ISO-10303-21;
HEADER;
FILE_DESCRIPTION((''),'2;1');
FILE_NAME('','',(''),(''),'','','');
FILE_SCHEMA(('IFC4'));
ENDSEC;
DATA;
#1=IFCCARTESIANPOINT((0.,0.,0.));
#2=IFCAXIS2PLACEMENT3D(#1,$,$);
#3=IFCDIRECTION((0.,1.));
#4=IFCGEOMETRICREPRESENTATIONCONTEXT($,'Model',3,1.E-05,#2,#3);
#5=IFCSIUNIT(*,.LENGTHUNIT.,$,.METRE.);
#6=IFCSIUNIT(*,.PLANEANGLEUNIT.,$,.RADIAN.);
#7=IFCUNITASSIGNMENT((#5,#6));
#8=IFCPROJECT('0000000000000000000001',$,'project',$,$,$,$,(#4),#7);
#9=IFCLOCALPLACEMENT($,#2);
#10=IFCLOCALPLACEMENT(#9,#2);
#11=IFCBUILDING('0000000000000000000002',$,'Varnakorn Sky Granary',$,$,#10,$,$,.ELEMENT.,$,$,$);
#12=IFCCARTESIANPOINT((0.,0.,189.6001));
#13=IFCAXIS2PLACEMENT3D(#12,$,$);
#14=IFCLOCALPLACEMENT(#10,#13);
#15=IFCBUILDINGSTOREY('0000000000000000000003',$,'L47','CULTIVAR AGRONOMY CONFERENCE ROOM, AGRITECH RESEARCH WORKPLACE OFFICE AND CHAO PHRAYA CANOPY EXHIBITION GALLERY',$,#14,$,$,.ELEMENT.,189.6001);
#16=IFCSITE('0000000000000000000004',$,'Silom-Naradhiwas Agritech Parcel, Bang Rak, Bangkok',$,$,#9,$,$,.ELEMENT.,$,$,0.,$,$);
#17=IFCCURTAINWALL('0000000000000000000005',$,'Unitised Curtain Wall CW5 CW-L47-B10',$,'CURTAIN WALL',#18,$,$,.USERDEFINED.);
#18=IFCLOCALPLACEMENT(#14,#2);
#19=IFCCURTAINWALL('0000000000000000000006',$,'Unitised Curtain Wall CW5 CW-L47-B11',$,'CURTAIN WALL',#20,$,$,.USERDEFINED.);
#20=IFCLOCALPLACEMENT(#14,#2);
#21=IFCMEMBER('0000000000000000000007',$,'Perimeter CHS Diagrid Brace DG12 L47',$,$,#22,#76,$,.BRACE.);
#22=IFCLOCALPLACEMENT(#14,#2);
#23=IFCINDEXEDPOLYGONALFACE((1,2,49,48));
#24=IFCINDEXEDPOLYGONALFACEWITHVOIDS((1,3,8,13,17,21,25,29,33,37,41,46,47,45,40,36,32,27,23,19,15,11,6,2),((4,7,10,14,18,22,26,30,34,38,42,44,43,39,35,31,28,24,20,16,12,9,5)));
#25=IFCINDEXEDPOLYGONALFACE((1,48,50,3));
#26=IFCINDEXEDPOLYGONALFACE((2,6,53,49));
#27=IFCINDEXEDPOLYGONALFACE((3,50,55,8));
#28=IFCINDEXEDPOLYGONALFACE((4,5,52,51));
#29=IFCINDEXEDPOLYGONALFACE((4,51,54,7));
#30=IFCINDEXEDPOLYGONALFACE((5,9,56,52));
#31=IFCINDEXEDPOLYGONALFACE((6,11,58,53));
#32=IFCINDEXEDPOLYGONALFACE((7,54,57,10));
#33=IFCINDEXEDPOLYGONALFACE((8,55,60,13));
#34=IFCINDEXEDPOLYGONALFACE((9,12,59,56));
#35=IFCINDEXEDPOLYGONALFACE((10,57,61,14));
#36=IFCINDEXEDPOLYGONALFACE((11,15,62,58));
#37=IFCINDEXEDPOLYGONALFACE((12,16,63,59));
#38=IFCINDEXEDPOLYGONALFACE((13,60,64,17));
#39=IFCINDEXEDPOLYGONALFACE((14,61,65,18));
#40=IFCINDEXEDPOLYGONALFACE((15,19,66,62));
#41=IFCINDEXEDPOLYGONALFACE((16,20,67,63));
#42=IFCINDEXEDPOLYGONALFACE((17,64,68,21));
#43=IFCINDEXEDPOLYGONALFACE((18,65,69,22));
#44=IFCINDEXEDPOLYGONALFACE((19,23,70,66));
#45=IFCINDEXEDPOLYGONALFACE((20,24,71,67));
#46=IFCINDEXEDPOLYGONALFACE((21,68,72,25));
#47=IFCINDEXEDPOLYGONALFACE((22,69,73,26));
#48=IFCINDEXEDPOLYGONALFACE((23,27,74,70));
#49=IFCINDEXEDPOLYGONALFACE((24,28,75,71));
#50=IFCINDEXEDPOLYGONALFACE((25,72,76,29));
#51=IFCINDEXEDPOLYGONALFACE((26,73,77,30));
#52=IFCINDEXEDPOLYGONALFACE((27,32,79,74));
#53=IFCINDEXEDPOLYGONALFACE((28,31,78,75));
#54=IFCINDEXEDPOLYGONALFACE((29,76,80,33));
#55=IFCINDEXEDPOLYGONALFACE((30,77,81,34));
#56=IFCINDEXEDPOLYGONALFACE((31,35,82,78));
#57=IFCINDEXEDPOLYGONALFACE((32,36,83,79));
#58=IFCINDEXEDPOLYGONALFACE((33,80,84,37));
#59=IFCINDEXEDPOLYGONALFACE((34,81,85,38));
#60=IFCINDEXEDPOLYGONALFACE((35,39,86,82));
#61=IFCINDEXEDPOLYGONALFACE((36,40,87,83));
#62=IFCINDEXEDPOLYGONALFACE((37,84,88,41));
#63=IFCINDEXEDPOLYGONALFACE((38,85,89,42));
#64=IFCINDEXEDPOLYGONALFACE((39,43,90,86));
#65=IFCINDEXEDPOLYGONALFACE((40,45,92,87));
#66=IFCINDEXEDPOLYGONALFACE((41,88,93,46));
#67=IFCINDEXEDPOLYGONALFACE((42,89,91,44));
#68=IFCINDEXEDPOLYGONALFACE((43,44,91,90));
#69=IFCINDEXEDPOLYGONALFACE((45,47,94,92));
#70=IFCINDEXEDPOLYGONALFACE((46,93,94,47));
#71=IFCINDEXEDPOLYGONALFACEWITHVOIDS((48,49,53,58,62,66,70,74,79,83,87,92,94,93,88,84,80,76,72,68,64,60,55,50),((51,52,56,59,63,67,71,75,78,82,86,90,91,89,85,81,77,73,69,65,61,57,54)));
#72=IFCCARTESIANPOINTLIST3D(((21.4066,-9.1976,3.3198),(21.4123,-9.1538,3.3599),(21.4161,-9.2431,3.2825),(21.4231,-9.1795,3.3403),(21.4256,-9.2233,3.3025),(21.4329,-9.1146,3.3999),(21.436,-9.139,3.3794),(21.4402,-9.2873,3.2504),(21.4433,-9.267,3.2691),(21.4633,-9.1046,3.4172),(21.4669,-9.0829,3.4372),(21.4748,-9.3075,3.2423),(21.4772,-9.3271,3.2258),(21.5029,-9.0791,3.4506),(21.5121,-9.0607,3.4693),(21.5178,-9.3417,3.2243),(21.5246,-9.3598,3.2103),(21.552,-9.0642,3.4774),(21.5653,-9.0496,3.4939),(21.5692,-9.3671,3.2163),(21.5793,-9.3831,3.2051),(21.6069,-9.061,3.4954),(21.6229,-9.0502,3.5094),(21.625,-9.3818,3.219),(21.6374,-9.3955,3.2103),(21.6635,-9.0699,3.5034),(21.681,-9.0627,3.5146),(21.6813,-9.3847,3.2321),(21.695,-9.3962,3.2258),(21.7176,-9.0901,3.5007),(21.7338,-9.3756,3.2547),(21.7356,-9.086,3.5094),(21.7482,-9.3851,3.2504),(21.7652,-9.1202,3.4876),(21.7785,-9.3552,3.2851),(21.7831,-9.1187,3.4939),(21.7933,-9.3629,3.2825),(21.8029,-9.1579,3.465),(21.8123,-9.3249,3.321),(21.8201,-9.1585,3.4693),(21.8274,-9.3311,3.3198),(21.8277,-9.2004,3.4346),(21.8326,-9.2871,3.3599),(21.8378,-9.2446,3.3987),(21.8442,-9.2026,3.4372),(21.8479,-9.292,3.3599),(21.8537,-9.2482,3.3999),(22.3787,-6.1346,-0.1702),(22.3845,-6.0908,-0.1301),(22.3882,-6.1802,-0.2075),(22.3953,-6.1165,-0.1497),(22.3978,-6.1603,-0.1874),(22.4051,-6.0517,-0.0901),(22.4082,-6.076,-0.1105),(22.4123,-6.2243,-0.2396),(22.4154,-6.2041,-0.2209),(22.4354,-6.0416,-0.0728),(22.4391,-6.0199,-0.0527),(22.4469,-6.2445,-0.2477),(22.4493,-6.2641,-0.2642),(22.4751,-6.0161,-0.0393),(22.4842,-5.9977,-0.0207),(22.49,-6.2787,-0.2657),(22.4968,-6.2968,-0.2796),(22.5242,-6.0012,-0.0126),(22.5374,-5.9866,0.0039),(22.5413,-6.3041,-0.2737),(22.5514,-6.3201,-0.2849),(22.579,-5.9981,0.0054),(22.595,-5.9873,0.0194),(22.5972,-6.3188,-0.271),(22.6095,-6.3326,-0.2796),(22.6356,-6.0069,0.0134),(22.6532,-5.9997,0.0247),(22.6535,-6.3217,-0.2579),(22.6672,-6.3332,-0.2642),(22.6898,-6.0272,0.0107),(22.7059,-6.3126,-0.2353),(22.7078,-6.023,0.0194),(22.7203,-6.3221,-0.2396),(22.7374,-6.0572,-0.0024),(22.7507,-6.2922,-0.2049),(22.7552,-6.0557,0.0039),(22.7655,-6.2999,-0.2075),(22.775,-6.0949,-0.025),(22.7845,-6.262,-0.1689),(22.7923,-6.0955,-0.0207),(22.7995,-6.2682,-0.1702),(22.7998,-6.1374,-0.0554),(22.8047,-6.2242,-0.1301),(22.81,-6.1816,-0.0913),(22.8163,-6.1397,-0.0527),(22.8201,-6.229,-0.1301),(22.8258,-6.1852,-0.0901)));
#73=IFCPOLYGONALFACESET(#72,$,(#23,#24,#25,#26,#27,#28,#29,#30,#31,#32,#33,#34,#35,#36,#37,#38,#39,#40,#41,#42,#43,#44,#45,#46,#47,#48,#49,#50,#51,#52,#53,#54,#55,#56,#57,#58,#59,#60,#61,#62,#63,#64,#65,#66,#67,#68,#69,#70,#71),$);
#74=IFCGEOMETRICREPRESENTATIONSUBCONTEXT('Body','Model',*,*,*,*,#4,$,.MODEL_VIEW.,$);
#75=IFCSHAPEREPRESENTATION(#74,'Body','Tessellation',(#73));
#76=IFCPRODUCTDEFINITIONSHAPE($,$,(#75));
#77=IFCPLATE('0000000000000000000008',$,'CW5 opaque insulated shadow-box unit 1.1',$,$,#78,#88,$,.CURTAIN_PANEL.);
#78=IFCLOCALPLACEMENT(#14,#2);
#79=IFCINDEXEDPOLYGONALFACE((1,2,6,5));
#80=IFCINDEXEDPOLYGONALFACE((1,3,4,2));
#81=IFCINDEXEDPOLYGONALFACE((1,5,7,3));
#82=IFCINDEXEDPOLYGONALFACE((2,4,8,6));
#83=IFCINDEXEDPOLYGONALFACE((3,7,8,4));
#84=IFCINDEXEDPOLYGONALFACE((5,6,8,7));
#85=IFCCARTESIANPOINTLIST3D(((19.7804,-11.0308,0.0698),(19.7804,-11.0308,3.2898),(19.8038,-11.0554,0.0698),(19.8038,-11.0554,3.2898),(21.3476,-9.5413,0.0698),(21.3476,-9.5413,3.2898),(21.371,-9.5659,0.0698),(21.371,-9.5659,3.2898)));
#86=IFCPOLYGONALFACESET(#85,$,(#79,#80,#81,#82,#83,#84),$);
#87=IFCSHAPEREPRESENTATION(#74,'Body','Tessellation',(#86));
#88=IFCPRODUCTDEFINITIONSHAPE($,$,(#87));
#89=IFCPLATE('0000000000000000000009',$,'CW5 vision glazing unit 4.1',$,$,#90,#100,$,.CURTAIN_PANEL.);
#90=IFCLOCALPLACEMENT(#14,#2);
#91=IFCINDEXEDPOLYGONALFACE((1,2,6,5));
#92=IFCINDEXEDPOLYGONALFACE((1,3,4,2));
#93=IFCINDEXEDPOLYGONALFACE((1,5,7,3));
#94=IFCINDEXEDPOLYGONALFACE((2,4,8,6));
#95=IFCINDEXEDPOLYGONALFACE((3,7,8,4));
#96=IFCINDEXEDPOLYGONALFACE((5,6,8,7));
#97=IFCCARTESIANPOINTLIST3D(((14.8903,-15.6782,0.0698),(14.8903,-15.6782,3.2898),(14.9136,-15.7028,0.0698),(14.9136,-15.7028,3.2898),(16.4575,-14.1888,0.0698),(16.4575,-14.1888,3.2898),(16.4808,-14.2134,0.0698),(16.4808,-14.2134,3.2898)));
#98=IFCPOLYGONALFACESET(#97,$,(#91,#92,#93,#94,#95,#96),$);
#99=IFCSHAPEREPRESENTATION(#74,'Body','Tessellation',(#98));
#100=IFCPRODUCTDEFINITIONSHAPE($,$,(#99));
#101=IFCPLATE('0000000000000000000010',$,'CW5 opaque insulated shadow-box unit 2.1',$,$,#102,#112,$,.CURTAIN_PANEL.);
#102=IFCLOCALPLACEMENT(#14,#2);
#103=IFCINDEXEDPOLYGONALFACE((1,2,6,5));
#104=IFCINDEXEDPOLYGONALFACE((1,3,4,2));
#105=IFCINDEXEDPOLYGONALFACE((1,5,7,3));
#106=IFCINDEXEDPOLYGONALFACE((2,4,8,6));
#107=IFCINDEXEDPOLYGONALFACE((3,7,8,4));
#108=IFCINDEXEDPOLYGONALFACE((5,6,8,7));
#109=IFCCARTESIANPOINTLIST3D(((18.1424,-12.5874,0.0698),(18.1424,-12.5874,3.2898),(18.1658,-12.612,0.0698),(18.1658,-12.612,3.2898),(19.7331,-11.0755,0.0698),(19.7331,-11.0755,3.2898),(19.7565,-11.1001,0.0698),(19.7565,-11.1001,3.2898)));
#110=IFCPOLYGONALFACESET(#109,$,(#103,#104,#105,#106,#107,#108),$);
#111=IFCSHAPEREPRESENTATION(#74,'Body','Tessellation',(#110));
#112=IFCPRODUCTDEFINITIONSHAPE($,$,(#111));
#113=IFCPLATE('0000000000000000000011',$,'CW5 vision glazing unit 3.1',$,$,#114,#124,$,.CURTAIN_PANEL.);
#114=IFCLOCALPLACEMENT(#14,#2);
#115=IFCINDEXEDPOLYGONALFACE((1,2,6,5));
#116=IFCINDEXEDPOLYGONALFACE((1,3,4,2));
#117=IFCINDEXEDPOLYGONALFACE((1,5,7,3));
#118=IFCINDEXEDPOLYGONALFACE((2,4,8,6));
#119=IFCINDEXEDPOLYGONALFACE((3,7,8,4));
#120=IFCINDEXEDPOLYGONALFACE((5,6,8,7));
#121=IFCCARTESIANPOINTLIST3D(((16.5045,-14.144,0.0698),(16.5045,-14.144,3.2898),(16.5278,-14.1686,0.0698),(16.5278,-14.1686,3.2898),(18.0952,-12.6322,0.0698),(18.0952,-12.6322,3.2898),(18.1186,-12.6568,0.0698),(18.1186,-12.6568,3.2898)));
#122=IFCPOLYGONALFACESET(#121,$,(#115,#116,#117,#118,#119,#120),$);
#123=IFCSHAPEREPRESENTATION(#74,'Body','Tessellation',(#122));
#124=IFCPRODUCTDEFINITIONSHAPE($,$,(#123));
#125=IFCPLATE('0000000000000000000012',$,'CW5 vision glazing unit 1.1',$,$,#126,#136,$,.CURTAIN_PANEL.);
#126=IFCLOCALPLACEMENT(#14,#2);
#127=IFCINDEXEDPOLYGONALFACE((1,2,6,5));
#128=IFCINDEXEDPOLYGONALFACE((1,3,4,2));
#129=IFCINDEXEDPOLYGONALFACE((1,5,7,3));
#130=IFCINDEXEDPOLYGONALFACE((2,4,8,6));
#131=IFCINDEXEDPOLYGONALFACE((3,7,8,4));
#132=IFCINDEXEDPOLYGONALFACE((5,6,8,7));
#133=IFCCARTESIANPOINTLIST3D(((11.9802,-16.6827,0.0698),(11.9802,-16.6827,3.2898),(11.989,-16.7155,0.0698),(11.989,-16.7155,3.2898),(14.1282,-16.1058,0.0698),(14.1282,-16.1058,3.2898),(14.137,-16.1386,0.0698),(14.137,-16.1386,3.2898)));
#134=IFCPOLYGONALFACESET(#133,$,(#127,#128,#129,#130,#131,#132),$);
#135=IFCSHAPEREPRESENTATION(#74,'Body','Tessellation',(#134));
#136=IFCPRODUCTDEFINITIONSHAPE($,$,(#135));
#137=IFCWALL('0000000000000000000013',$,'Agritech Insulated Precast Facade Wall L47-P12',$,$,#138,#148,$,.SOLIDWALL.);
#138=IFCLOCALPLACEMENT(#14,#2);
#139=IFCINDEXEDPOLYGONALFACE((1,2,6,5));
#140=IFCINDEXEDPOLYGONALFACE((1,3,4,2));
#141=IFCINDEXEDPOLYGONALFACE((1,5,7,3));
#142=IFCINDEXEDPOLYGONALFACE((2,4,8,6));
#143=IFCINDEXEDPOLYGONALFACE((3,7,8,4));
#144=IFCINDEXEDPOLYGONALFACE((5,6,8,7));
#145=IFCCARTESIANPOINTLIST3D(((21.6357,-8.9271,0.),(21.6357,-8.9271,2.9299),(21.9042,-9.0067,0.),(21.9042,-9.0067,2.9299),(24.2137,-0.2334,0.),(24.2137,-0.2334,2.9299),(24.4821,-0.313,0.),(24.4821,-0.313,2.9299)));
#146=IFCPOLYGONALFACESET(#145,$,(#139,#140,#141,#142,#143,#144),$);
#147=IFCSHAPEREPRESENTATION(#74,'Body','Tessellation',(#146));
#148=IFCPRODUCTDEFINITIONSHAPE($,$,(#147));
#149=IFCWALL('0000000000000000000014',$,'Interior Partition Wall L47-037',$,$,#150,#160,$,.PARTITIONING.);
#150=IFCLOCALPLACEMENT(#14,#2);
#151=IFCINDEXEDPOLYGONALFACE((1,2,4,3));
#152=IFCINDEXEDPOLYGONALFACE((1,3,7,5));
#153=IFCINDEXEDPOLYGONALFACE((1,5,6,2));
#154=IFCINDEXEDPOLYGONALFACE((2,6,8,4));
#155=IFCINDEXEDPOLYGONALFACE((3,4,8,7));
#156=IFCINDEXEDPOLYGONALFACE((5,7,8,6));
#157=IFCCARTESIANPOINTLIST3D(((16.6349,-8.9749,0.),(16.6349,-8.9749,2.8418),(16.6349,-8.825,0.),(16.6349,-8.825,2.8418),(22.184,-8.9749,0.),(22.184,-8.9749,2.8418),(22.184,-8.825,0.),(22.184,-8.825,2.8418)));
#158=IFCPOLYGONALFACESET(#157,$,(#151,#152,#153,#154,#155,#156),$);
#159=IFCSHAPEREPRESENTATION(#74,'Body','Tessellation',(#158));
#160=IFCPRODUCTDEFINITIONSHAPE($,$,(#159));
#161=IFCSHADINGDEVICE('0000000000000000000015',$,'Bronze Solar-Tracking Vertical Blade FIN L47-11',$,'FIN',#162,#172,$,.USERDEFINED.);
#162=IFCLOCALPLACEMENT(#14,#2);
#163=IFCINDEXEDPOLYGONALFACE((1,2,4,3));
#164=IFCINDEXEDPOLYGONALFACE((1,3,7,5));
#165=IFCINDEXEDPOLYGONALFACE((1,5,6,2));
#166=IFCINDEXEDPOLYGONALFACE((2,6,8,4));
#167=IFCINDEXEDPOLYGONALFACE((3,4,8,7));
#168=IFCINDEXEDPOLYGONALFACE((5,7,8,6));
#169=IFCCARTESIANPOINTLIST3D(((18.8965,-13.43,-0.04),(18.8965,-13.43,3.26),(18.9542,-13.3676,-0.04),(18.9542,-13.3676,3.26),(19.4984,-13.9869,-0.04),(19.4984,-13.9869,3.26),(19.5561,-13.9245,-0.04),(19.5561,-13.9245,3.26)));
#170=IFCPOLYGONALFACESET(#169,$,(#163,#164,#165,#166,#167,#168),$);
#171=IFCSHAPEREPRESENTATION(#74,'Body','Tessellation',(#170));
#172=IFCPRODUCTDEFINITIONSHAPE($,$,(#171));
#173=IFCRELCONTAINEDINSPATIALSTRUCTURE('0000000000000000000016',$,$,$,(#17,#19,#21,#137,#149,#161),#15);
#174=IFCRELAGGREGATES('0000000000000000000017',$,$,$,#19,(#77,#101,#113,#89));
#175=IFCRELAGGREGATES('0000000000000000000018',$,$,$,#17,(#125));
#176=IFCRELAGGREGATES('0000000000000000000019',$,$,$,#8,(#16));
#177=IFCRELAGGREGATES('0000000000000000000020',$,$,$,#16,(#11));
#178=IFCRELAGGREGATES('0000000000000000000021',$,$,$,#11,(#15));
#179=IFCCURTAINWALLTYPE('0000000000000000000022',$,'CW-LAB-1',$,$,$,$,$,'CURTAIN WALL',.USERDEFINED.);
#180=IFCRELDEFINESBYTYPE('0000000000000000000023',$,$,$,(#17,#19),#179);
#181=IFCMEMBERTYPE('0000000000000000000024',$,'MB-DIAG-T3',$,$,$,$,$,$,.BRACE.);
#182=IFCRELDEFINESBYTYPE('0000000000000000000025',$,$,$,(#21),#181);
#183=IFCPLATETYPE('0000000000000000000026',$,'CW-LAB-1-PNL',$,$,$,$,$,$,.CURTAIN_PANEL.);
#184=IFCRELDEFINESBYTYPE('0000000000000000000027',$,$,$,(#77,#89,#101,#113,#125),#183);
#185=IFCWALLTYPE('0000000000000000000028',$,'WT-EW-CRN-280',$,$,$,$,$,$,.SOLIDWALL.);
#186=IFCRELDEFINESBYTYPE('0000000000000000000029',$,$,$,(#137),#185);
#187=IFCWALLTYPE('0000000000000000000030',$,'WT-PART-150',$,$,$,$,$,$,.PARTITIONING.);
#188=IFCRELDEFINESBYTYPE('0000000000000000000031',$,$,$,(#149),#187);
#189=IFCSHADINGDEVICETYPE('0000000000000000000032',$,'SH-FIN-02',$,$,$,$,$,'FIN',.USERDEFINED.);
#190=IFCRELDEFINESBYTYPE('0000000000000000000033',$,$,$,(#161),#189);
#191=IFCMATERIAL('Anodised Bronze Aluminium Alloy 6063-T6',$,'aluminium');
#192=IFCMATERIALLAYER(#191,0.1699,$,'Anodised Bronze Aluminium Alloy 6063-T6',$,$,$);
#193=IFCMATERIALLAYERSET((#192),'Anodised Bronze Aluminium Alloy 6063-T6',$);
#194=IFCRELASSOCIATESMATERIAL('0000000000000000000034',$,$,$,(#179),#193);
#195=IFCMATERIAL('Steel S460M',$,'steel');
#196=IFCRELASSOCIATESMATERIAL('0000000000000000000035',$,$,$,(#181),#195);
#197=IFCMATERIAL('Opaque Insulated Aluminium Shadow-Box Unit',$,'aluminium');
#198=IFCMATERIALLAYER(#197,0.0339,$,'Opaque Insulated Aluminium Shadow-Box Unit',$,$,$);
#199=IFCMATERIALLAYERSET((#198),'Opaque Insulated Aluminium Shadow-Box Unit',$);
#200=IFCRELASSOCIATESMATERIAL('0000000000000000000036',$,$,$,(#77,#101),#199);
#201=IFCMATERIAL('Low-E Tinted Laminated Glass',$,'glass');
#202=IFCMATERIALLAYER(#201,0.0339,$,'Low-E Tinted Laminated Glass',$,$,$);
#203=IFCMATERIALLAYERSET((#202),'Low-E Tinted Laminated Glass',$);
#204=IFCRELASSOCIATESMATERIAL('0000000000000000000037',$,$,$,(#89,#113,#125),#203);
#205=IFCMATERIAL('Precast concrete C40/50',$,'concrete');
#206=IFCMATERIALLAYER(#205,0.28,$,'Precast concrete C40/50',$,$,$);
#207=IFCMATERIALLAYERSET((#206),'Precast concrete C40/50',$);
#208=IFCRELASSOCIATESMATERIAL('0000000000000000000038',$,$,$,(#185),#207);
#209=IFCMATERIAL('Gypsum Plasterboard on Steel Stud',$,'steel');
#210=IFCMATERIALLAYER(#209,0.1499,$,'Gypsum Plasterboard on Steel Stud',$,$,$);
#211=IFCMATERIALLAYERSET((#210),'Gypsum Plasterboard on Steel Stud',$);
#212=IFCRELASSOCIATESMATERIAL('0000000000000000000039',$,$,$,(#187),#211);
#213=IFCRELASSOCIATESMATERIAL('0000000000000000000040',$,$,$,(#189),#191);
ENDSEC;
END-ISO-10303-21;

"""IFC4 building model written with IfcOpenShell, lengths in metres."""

from ifc_helpers import new_model, si_unit, direction, frame, frame_2d, origin, origin_2d, place, context, subcontext, project, spatial, rectangle, hollow_circle, extrude, source, transform, mapped, material, layer, layer_set, material_profile, profile_set, type_object, type_shapes, element, aggregate, save


model = new_model("IFC4")

# Units and contexts
model_context = context("Model", 3, precision=1e-05, world=origin(), true_north=direction((0.0, 1.0)))
body_context = subcontext(model_context, "Body", "Model", "MODEL_VIEW")
ifc_project = project(units=[si_unit("LENGTHUNIT", "METRE"), si_unit("PLANEANGLEUNIT", "RADIAN")], contexts=[model_context])

# Site, building, storey
site_placement = place(None, origin())
site = spatial("IfcSite", under=ifc_project, at=site_placement, Name="Silom-Naradhiwas Agritech Parcel, Bang Rak, Bangkok", CompositionType="ELEMENT", RefElevation=0.0)
building_placement = place(site_placement, origin())
building = spatial("IfcBuilding", under=site, at=building_placement, Name="Varnakorn Sky Granary", CompositionType="ELEMENT")
storey_placement = place(building_placement, frame((0.0, 0.0, 189.6001)))
storey = spatial("IfcBuildingStorey", under=building, at=storey_placement, Name="L47", Description="CULTIVAR AGRONOMY CONFERENCE ROOM, AGRITECH RESEARCH WORKPLACE OFFICE AND CHAO PHRAYA CANOPY EXHIBITION GALLERY", CompositionType="ELEMENT", Elevation=189.6001)

# Shared definitions
ifc_material_1 = material(Name="Steel S460M", Category="steel")

# Shared definitions
ifc_material_2 = material(Name="Anodised Bronze Aluminium Alloy 6063-T6", Category="aluminium")
ifc_layer_1 = layer(ifc_material_2, 0.1699, Name="Anodised Bronze Aluminium Alloy 6063-T6")
ifc_layer_set_1 = layer_set([ifc_layer_1], Name="Anodised Bronze Aluminium Alloy 6063-T6")
curtain_wall_type = type_object("IfcCurtainWallType", Name="CW-LAB-1", ElementType="CURTAIN WALL", PredefinedType="USERDEFINED", material=ifc_layer_set_1)

# Curtain walls
curtain_wall_1_placement = place(storey_placement, origin())
curtain_wall_1 = element("IfcCurtainWall", 1, at=curtain_wall_1_placement, inside=storey, type_object=curtain_wall_type, Name="Unitised Curtain Wall CW5 CW-L47-B10", ObjectType="CURTAIN WALL", PredefinedType="USERDEFINED")
curtain_wall_2_placement = place(storey_placement, origin())
curtain_wall_2 = element("IfcCurtainWall", 2, at=curtain_wall_2_placement, inside=storey, type_object=curtain_wall_type, Name="Unitised Curtain Wall CW5 CW-L47-B11", ObjectType="CURTAIN WALL", PredefinedType="USERDEFINED")

# Member
ifc_material_profile_1 = material_profile(ifc_material_1, hollow_circle(Radius=0.2285, WallThickness=0.0161, at=origin_2d()), Name="CHS 457x16")
ifc_profile_set_1 = profile_set([ifc_material_profile_1], Name="Steel S460M")
member_type_1 = type_object("IfcMemberType", Name="MB-DIAG-T3", PredefinedType="BRACE", material=ifc_profile_set_1)
member_1_placement = place(storey_placement, frame((22.6023, -6.1599, -0.1301), z_axis=(-0.204919, -0.645634, 0.735639), x_axis=(0.953143, -0.30252, 0.0)))
element("IfcMember", 3, at=member_1_placement, inside=storey, type_object=member_type_1, Name="Perimeter CHS Diagrid Brace DG12 L47", PredefinedType="BRACE", context=body_context, shape_type="SweptSolid", body=[
    extrude(hollow_circle(Radius=0.2285, WallThickness=0.0161, at=origin_2d()), origin(), (0.0, 0.0, 1.0), 4.7441),
])

# Plates
ifc_material_3 = material(Name="Opaque Insulated Aluminium Shadow-Box Unit", Category="aluminium")
ifc_layer_2 = layer(ifc_material_3, 0.0339, Name="Opaque Insulated Aluminium Shadow-Box Unit")
ifc_layer_set_2 = layer_set([ifc_layer_2], Name="Opaque Insulated Aluminium Shadow-Box Unit")
plate_type = type_object("IfcPlateType", Name="CW-LAB-1-PNL", PredefinedType="CURTAIN_PANEL")
shared_shape_1 = source(origin(), body_context, "Body", "SweptSolid", [
    extrude(rectangle(XDim=2.1621, YDim=0.0339, at=origin_2d()), origin(), (0.0, 0.0, 1.0), 3.22),
])
plate_1_placement = place(storey_placement, frame((20.5757, -10.2983, 0.0698), z_axis=(0.0, 0.0, 1.0), x_axis=(-0.724851, -0.688905, 0.0)))
plate_1 = element("IfcPlate", 4, at=plate_1_placement, type_object=plate_type, material=ifc_layer_set_2, Name="CW5 opaque insulated shadow-box unit 1.1", PredefinedType="CURTAIN_PANEL", context=body_context, shape_type="MappedRepresentation", body=[
    mapped(shared_shape_1, transform((0.0, 0.0, 0.0), x_axis=(1.0, 0.0, 0.0), y_axis=(0.0, 1.0, 0.0), z_axis=(0.0, 0.0, 1.0), scale=1.0)),
])
ifc_material_4 = material(Name="Low-E Tinted Laminated Glass", Category="glass")
ifc_layer_3 = layer(ifc_material_4, 0.0339, Name="Low-E Tinted Laminated Glass")
ifc_layer_set_3 = layer_set([ifc_layer_3], Name="Low-E Tinted Laminated Glass")
plate_2_placement = place(storey_placement, frame((15.6855, -14.9458, 0.0698), z_axis=(0.0, 0.0, 1.0), x_axis=(-0.724851, -0.688905, 0.0)))
plate_2 = element("IfcPlate", 5, at=plate_2_placement, type_object=plate_type, material=ifc_layer_set_3, Name="CW5 vision glazing unit 4.1", PredefinedType="CURTAIN_PANEL", context=body_context, shape_type="MappedRepresentation", body=[
    mapped(shared_shape_1, transform((0.0, 0.0, 0.0), x_axis=(1.0, 0.0, 0.0), y_axis=(0.0, 1.0, 0.0), z_axis=(0.0, 0.0, 1.0), scale=1.0)),
])
shared_shape_2 = source(origin(), body_context, "Body", "SweptSolid", [
    extrude(rectangle(XDim=2.1946, YDim=0.0339, at=origin_2d()), origin(), (0.0, 0.0, 1.0), 3.22),
])
plate_3_placement = place(storey_placement, frame((18.9495, -11.8438, 0.0698), z_axis=(0.0, 0.0, 1.0), x_axis=(-0.724851, -0.688905, 0.0)))
plate_3 = element("IfcPlate", 6, at=plate_3_placement, type_object=plate_type, material=ifc_layer_set_2, Name="CW5 opaque insulated shadow-box unit 2.1", PredefinedType="CURTAIN_PANEL", context=body_context, shape_type="MappedRepresentation", body=[
    mapped(shared_shape_2, transform((0.0, 0.0, 0.0), x_axis=(1.0, 0.0, 0.0), y_axis=(0.0, 1.0, 0.0), z_axis=(0.0, 0.0, 1.0), scale=1.0)),
])
plate_4_placement = place(storey_placement, frame((17.3115, -13.4004, 0.0698), z_axis=(0.0, 0.0, 1.0), x_axis=(-0.724851, -0.688905, 0.0)))
plate_4 = element("IfcPlate", 7, at=plate_4_placement, type_object=plate_type, material=ifc_layer_set_3, Name="CW5 vision glazing unit 3.1", PredefinedType="CURTAIN_PANEL", context=body_context, shape_type="MappedRepresentation", body=[
    mapped(shared_shape_2, transform((0.0, 0.0, 0.0), x_axis=(1.0, 0.0, 0.0), y_axis=(0.0, 1.0, 0.0), z_axis=(0.0, 0.0, 1.0), scale=1.0)),
])
aggregate(curtain_wall_2, [plate_1, plate_3, plate_4, plate_2])
shared_shape_3 = source(origin(), body_context, "Body", "SweptSolid", [
    extrude(rectangle(XDim=2.2241, YDim=0.0339, at=origin_2d()), origin(), (0.0, 0.0, 1.0), 3.22),
])
type_shapes(plate_type, [shared_shape_1, shared_shape_2, shared_shape_3])
plate_5_placement = place(storey_placement, frame((13.0586, -16.4106, 0.0698), z_axis=(0.0, 0.0, 1.0), x_axis=(-0.965781, -0.259359, 0.0)))
plate_5 = element("IfcPlate", 8, at=plate_5_placement, type_object=plate_type, material=ifc_layer_set_3, Name="CW5 vision glazing unit 1.1", PredefinedType="CURTAIN_PANEL", context=body_context, shape_type="MappedRepresentation", body=[
    mapped(shared_shape_3, transform((0.0, 0.0, 0.0), x_axis=(1.0, 0.0, 0.0), y_axis=(0.0, 1.0, 0.0), z_axis=(0.0, 0.0, 1.0), scale=1.0)),
])
aggregate(curtain_wall_1, [plate_5])

# Walls
ifc_material_5 = material(Name="Precast concrete C40/50", Category="concrete")
ifc_layer_4 = layer(ifc_material_5, 0.28, Name="Precast concrete C40/50")
ifc_layer_set_4 = layer_set([ifc_layer_4], Name="Precast concrete C40/50")
wall_type_1 = type_object("IfcWallType", Name="WT-EW-CRN-280", PredefinedType="SOLIDWALL", material=ifc_layer_set_4)
wall_1_placement = place(storey_placement, frame((24.3479, -0.2732, 0.0), z_axis=(0.0, 0.0, 1.0), x_axis=(-0.284291, -0.958738, 0.0)))
element("IfcWall", 9, at=wall_1_placement, inside=storey, type_object=wall_type_1, Name="Agritech Insulated Precast Facade Wall L47-P12", PredefinedType="SOLIDWALL", context=body_context, shape_type="SweptSolid", body=[
    extrude(rectangle(XDim=9.0679, YDim=0.28, at=frame_2d((4.5339, 0.0))), origin(), (0.0, 0.0, 1.0), 2.9299),
])
ifc_material_6 = material(Name="Gypsum Plasterboard on Steel Stud", Category="steel")
ifc_layer_5 = layer(ifc_material_6, 0.1499, Name="Gypsum Plasterboard on Steel Stud")
ifc_layer_set_5 = layer_set([ifc_layer_5], Name="Gypsum Plasterboard on Steel Stud")
wall_type_2 = type_object("IfcWallType", Name="WT-PART-150", PredefinedType="PARTITIONING", material=ifc_layer_set_5)
wall_2_placement = place(storey_placement, frame((16.635, -8.8999, 0.0), z_axis=(0.0, 0.0, 1.0), x_axis=(1.0, 0.0, 0.0)))
element("IfcWall", 10, at=wall_2_placement, inside=storey, type_object=wall_type_2, Name="Interior Partition Wall L47-037", PredefinedType="PARTITIONING", context=body_context, shape_type="SweptSolid", body=[
    extrude(rectangle(XDim=5.5491, YDim=0.1499, at=frame_2d((2.7744, 0.0))), origin(), (0.0, 0.0, 1.0), 2.8418),
])

# Shading device
shading_device_type = type_object("IfcShadingDeviceType", Name="SH-FIN-02", ElementType="FIN", PredefinedType="USERDEFINED", material=ifc_material_2)
shared_shape_4 = source(origin(), body_context, "Body", "SweptSolid", [
    extrude(rectangle(XDim=0.085, YDim=0.8201, at=origin_2d()), origin(), (0.0, 0.0, 1.0), 3.3),
])
type_shapes(shading_device_type, [shared_shape_4])
shading_device_placement = place(storey_placement, frame((19.2263, -13.6772, -0.04), z_axis=(0.0, 0.0, 1.0), x_axis=(0.679138, 0.734011, 0.0)))
element("IfcShadingDevice", 11, at=shading_device_placement, inside=storey, type_object=shading_device_type, Name="Bronze Solar-Tracking Vertical Blade FIN L47-11", ObjectType="FIN", PredefinedType="USERDEFINED", context=body_context, shape_type="MappedRepresentation", body=[
    mapped(shared_shape_4, transform((0.0, 0.0, 0.0), x_axis=(1.0, 0.0, 0.0), y_axis=(0.0, 1.0, 0.0), z_axis=(0.0, 0.0, 1.0), scale=1.0)),
])

save(model, "model.ifc")
